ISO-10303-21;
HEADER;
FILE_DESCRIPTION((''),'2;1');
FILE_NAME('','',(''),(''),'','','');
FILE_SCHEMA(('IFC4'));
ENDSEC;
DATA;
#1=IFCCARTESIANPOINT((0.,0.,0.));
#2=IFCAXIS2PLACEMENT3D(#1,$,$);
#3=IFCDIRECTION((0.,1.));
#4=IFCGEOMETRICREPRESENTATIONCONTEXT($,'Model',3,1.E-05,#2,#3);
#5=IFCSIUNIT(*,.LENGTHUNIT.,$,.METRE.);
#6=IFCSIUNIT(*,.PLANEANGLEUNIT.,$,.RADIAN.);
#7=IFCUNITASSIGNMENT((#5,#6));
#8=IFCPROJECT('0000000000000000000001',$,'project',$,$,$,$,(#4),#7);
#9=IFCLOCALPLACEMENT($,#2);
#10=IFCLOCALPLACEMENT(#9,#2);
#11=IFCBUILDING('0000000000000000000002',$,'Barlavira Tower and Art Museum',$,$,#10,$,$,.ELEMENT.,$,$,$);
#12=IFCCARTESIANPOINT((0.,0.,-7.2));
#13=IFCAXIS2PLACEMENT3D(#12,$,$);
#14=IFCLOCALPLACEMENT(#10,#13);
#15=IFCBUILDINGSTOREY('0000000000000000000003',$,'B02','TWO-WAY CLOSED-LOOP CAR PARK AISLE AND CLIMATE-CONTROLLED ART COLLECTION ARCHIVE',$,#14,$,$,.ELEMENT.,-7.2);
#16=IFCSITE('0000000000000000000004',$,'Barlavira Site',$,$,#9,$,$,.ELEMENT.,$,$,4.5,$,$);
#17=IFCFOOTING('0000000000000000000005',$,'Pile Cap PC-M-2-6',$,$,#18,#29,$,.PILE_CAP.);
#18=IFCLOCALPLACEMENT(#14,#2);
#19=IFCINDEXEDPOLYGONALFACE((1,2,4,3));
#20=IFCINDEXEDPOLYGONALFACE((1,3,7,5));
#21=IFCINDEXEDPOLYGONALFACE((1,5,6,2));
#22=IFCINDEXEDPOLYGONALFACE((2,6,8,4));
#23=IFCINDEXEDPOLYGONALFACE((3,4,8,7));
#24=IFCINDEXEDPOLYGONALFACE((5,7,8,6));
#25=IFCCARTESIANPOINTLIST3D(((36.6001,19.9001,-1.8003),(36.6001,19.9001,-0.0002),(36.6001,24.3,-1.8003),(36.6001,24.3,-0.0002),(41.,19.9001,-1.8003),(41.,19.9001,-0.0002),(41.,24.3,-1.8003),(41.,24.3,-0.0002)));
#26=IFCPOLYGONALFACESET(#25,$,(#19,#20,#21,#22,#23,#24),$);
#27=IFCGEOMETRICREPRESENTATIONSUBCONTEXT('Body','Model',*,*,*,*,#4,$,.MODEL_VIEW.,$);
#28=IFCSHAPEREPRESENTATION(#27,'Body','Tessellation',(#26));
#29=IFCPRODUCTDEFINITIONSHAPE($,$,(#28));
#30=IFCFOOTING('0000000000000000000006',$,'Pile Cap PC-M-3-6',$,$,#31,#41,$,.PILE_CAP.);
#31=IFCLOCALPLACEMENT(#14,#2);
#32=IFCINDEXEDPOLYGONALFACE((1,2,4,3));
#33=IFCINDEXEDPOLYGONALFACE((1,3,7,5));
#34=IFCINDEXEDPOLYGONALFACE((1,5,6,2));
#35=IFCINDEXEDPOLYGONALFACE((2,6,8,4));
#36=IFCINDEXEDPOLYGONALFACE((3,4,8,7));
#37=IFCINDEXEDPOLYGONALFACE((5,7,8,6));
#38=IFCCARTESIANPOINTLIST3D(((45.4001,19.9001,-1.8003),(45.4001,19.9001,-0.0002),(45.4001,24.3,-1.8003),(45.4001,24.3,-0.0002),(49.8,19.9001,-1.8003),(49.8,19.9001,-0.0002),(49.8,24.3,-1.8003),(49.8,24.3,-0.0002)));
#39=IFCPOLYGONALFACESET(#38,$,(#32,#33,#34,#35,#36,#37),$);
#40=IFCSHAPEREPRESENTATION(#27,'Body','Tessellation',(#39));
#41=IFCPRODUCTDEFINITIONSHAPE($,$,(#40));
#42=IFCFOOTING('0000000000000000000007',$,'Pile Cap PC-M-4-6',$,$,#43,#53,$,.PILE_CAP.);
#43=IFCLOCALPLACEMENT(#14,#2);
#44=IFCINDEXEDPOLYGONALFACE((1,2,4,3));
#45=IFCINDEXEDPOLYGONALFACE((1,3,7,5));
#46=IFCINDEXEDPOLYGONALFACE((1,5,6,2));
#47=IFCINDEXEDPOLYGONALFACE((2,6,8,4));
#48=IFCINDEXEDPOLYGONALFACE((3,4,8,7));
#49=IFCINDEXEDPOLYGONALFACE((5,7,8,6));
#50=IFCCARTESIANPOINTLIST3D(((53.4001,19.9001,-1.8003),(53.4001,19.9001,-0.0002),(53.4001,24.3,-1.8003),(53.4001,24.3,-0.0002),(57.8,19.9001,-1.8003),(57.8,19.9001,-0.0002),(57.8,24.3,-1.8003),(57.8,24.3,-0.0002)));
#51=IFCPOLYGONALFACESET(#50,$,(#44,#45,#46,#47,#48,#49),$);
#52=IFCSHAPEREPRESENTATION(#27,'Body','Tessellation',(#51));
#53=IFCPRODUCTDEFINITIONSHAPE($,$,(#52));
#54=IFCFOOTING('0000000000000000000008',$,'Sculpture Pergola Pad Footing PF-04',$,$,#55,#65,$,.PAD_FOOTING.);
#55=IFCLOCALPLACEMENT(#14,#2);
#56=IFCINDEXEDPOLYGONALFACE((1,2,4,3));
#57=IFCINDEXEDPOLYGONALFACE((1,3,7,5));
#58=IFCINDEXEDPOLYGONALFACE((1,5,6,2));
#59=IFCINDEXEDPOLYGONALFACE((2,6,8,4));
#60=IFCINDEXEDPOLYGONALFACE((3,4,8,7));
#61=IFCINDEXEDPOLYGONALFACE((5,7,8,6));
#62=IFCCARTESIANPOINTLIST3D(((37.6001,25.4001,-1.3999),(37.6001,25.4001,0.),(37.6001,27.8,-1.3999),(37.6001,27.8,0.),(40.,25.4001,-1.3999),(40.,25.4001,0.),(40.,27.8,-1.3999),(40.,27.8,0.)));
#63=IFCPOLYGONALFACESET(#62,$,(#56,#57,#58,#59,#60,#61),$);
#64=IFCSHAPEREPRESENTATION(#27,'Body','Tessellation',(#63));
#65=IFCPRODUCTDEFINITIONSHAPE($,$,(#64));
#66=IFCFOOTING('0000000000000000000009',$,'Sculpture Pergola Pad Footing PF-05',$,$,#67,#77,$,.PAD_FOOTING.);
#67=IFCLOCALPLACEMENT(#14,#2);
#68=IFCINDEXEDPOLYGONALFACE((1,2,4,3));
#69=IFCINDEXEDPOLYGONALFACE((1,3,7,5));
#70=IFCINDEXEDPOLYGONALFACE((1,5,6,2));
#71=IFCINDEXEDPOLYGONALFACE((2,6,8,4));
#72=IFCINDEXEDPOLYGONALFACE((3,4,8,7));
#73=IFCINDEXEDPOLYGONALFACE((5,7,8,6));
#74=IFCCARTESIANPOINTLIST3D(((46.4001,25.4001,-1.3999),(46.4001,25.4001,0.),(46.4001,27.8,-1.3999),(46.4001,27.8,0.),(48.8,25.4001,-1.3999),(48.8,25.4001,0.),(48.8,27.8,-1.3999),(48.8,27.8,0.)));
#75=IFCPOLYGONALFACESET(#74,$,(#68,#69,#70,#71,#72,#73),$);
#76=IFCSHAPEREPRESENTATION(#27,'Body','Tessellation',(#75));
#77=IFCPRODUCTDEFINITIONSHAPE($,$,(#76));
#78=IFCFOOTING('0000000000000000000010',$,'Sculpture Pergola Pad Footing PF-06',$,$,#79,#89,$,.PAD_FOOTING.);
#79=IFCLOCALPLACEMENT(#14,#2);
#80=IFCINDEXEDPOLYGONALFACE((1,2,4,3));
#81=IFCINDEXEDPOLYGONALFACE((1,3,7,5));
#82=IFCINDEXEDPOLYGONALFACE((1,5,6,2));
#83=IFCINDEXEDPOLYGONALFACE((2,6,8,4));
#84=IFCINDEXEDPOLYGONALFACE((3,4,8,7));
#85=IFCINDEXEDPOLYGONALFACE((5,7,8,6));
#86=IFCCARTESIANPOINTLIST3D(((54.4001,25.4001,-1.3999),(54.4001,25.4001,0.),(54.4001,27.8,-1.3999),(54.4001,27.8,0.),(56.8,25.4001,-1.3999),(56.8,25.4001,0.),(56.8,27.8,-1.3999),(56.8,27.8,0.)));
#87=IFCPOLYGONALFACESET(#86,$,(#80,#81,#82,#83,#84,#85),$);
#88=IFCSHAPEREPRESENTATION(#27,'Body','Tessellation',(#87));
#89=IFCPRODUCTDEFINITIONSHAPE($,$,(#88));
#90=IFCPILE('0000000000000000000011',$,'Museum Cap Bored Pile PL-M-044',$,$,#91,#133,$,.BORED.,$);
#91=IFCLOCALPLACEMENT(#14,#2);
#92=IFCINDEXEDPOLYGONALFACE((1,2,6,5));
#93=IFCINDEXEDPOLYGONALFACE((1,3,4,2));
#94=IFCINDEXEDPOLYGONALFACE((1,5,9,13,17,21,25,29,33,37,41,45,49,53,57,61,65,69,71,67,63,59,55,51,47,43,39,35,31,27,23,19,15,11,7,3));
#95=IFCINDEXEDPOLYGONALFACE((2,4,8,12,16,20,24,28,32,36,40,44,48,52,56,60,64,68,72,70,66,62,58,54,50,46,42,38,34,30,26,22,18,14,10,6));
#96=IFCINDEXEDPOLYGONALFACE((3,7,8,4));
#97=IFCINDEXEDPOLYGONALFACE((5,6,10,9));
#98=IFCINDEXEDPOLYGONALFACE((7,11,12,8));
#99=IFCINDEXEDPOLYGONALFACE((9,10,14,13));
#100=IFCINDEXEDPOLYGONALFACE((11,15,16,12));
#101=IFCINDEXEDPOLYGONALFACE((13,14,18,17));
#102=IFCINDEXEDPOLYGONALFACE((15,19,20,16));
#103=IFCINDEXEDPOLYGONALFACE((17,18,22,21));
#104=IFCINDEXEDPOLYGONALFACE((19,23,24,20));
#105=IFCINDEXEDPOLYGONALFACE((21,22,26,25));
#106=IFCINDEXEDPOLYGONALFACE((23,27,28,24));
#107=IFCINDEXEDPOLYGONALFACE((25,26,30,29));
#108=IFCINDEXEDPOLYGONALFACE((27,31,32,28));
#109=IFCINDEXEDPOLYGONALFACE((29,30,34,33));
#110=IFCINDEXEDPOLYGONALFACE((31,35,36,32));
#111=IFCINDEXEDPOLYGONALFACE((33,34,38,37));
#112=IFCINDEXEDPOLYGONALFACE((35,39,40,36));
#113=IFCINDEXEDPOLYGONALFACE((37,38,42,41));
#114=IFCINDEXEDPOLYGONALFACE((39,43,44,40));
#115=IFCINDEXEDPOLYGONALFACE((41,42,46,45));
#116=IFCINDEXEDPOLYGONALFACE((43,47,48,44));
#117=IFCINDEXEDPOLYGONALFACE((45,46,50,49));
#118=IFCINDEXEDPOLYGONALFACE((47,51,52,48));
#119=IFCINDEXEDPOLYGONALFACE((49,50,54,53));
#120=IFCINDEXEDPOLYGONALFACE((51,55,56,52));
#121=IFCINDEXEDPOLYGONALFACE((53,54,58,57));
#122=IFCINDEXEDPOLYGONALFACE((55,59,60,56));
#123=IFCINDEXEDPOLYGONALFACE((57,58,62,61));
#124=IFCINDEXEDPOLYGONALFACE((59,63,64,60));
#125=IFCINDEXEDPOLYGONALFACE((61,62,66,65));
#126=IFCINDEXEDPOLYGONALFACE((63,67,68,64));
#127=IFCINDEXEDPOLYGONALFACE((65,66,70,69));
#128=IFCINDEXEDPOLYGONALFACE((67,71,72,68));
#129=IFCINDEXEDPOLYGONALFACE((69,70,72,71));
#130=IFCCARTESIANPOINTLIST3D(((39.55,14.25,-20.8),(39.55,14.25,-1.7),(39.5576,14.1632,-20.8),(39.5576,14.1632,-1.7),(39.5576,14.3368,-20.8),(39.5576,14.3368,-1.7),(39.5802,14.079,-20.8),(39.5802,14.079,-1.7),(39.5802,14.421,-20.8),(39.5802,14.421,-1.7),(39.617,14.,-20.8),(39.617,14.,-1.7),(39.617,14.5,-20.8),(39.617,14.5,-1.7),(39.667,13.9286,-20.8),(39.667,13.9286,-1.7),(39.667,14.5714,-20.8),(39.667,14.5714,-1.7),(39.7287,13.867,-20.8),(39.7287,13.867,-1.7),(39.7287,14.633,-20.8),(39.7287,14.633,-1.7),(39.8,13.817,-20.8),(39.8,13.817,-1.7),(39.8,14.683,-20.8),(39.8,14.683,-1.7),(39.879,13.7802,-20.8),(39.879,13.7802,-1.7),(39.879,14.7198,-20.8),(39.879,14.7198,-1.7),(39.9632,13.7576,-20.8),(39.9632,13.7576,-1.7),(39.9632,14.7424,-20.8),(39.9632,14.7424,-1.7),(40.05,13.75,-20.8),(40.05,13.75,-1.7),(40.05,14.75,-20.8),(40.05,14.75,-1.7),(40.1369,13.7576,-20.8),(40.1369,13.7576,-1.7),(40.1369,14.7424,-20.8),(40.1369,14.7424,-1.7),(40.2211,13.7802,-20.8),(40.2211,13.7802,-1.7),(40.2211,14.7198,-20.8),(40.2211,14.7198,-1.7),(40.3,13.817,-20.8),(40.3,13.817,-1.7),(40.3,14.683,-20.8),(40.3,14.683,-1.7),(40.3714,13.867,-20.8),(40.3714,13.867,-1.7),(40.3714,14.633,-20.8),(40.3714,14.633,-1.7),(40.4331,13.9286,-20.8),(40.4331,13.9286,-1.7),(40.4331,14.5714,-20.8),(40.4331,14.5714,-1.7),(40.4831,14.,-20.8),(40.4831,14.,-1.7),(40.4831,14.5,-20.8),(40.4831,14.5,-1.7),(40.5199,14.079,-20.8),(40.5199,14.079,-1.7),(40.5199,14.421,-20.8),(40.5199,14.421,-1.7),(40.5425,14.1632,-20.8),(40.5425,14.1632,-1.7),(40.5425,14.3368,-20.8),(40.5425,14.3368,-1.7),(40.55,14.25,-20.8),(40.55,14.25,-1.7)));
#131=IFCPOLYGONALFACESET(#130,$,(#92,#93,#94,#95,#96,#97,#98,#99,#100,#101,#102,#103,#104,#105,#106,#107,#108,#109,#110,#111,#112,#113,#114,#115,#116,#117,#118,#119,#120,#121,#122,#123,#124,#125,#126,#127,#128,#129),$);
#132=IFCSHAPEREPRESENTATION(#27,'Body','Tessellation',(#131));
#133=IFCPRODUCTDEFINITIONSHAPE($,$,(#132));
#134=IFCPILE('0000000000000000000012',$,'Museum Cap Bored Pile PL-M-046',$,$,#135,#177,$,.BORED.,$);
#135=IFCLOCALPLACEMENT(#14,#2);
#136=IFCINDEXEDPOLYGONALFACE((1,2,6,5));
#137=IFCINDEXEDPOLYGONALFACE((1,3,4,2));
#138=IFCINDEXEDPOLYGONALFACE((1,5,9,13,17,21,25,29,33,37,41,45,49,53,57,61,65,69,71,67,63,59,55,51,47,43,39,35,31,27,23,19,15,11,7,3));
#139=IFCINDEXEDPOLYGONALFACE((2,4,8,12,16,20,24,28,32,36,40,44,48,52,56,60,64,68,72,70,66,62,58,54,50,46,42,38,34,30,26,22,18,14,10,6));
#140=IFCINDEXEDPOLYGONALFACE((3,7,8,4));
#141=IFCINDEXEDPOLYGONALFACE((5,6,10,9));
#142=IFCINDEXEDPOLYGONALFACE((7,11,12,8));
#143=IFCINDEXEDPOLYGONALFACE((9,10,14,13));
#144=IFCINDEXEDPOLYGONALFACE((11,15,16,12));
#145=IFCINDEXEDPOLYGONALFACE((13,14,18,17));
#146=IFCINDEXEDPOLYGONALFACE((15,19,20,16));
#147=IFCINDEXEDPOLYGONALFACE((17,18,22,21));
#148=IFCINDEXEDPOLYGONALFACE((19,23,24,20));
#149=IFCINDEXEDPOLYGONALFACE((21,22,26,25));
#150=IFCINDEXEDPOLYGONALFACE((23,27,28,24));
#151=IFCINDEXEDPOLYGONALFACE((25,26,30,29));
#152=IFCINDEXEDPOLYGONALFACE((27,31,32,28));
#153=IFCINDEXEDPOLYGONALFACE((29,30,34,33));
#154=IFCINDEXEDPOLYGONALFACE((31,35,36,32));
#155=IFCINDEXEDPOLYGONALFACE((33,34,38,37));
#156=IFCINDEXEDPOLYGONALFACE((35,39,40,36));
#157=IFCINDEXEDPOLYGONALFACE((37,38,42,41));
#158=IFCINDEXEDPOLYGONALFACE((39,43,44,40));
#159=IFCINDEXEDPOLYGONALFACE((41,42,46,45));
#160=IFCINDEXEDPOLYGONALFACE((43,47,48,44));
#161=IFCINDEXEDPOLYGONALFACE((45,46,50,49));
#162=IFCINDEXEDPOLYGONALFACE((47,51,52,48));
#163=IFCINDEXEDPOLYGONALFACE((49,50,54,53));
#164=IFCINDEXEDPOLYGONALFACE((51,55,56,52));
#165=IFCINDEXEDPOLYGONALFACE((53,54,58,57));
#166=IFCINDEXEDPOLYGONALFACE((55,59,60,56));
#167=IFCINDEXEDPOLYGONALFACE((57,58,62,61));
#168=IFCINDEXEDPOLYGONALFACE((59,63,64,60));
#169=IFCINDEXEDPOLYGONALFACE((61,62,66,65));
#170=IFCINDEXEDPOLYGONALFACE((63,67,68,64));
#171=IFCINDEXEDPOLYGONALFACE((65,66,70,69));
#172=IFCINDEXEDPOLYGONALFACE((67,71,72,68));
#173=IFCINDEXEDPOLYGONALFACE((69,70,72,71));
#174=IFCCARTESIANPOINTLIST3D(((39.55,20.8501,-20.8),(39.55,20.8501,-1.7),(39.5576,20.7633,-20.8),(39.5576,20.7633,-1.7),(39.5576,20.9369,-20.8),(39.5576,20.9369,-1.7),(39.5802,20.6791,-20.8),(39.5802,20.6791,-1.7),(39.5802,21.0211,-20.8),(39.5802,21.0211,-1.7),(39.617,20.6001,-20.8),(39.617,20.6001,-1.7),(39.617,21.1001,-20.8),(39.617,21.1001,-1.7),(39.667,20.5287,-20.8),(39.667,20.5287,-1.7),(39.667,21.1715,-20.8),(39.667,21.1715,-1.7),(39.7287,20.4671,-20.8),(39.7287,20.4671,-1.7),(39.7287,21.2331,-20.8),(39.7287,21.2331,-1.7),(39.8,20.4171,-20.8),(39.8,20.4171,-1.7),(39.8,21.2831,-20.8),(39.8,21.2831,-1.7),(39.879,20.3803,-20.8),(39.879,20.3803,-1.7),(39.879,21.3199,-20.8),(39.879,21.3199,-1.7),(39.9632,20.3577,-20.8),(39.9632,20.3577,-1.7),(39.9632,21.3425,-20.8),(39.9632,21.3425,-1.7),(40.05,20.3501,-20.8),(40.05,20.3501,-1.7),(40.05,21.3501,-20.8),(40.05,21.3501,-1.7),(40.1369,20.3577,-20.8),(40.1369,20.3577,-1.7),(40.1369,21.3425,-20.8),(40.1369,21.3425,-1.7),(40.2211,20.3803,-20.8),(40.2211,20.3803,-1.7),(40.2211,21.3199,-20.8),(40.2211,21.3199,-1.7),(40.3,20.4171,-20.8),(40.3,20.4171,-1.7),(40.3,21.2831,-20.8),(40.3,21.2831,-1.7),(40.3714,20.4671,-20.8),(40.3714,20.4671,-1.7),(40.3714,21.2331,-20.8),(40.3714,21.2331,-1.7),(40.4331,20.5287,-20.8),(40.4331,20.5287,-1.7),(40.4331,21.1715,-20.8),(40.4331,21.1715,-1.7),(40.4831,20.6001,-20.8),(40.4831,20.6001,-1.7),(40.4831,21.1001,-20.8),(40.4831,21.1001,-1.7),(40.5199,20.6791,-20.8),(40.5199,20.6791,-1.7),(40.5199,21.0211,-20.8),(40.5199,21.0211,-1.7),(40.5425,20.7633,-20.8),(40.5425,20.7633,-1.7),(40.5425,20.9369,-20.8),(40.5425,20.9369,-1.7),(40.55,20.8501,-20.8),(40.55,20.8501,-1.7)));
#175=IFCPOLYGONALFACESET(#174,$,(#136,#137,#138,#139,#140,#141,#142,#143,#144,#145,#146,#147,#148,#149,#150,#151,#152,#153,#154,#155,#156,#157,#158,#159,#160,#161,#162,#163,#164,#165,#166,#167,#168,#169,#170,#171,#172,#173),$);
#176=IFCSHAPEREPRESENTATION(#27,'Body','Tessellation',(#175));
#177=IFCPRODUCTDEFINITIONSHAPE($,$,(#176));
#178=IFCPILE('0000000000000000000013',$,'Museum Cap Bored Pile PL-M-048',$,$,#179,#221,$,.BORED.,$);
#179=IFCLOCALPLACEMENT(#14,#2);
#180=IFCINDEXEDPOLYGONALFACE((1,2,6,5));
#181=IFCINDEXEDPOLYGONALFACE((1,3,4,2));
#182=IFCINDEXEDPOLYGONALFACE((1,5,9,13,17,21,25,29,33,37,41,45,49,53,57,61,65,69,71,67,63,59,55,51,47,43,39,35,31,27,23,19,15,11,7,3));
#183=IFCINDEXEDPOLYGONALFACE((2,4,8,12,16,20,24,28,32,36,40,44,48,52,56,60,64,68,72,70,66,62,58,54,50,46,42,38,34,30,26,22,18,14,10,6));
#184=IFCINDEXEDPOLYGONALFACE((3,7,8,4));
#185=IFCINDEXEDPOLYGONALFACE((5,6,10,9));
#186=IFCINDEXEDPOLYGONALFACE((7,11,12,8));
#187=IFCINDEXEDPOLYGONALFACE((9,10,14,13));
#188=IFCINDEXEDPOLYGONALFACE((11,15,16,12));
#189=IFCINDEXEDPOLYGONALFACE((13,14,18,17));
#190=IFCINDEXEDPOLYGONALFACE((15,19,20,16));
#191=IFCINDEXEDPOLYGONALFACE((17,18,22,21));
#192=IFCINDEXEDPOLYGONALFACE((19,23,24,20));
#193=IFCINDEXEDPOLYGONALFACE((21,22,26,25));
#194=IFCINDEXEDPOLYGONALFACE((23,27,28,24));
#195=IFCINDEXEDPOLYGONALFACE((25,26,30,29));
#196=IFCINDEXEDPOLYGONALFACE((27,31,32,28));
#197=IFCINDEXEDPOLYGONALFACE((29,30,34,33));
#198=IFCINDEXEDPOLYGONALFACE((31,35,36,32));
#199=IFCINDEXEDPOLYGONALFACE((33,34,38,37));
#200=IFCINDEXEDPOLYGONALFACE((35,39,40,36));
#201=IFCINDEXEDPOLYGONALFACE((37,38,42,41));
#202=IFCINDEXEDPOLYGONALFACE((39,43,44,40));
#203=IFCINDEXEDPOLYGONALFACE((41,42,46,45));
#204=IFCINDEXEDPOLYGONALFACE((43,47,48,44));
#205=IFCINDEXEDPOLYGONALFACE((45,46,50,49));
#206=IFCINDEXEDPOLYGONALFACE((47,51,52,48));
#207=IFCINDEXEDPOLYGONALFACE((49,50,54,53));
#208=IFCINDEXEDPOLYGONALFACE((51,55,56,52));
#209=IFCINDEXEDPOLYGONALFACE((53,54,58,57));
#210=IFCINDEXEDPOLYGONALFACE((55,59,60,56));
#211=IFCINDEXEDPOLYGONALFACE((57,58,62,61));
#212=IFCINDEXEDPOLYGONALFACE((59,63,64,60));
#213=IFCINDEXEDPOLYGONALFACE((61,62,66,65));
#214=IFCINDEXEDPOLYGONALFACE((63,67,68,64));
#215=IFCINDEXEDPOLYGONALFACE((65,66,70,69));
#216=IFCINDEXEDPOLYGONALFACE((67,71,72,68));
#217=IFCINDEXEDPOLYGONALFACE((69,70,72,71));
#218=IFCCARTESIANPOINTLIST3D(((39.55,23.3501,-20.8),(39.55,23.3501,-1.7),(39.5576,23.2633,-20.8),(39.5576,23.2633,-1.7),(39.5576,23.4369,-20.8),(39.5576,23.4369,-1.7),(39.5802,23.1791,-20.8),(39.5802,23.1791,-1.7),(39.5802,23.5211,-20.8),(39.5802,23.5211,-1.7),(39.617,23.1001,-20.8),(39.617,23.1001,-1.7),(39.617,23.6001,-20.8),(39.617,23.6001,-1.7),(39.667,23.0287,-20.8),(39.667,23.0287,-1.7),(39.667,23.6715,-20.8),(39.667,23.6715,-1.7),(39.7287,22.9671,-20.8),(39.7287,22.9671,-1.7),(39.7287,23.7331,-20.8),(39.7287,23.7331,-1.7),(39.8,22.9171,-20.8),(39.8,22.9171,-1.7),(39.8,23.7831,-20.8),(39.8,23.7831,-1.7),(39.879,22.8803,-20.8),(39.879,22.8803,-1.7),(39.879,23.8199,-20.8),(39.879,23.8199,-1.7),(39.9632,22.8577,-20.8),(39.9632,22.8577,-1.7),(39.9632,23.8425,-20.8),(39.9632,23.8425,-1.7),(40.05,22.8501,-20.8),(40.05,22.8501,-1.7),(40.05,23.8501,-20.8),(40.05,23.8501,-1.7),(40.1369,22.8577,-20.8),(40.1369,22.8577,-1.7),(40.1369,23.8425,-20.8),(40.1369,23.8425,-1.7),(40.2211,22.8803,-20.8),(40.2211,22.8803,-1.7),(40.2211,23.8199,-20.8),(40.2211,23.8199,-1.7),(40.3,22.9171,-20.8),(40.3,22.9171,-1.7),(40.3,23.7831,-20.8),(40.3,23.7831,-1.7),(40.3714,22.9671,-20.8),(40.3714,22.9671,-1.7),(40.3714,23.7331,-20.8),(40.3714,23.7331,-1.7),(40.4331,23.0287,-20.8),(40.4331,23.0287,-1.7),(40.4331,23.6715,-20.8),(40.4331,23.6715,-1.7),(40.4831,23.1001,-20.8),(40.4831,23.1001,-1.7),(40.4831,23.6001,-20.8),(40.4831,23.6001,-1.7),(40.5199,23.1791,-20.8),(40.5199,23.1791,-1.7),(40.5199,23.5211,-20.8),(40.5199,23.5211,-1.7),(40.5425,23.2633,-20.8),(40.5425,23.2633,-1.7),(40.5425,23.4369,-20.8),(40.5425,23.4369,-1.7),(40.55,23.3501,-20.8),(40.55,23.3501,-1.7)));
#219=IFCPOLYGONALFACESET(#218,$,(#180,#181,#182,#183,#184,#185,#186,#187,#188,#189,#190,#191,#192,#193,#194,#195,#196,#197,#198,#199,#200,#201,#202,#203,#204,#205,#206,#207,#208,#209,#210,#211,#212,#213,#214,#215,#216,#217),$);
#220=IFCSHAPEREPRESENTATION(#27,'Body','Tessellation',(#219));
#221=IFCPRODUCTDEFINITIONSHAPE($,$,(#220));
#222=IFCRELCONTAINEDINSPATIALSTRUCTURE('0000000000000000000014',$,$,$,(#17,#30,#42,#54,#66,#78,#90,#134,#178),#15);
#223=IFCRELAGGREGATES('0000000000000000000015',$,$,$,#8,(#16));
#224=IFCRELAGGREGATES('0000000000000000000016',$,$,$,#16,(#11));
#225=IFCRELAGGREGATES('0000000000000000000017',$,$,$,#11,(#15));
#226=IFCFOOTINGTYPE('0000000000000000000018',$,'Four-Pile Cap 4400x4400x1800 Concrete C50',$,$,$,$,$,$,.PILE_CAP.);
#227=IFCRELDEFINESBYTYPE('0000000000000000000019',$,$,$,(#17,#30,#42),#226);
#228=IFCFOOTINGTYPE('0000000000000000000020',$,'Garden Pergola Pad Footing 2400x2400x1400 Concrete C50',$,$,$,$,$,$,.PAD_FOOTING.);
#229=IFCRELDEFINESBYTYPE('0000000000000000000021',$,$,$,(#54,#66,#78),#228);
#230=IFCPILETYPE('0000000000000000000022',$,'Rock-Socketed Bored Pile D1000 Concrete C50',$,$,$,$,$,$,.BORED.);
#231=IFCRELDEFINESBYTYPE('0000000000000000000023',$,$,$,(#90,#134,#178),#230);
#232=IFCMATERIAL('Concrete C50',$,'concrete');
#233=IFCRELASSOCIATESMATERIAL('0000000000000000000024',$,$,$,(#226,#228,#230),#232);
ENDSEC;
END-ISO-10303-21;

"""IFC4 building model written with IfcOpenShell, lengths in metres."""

from ifc_helpers import new_model, si_unit, direction, frame, origin, origin_2d, place, context, subcontext, project, spatial, rectangle, circle, extrude, material, material_profile, profile_set, type_object, element, save


model = new_model("IFC4")

# Units and contexts
model_context = context("Model", 3, precision=1e-05, world=origin(), true_north=direction((0.0, 1.0)))
body_context = subcontext(model_context, "Body", "Model", "MODEL_VIEW")
ifc_project = project(units=[si_unit("LENGTHUNIT", "METRE"), si_unit("PLANEANGLEUNIT", "RADIAN")], contexts=[model_context])

# Site, building, storey
site_placement = place(None, origin())
site = spatial("IfcSite", under=ifc_project, at=site_placement, Name="Barlavira Site", CompositionType="ELEMENT", RefElevation=4.5)
building_placement = place(site_placement, origin())
building = spatial("IfcBuilding", under=site, at=building_placement, Name="Barlavira Tower and Art Museum", CompositionType="ELEMENT")
storey_placement = place(building_placement, frame((0.0, 0.0, -7.2)))
storey = spatial("IfcBuildingStorey", under=building, at=storey_placement, Name="B02", Description="TWO-WAY CLOSED-LOOP CAR PARK AISLE AND CLIMATE-CONTROLLED ART COLLECTION ARCHIVE", CompositionType="ELEMENT", Elevation=-7.2)

# Footings
ifc_material_1 = material(Name="Concrete C50", Category="concrete")
footing_type_1 = type_object("IfcFootingType", Name="Four-Pile Cap 4400x4400x1800 Concrete C50", PredefinedType="PILE_CAP", material=ifc_material_1)
for number, where, z_axis, x_axis, name in (
    (1, (38.8, 22.1001, -1.8003), (0.0, 0.0, 1.0), (1.0, 0.0, 0.0), "Pile Cap PC-M-2-6"),
    (2, (47.6001, 22.1001, -1.8003), (0.0, 0.0, 1.0), (1.0, 0.0, 0.0), "Pile Cap PC-M-3-6"),
    (3, (55.6001, 22.1001, -1.8003), (0.0, 0.0, 1.0), (1.0, 0.0, 0.0), "Pile Cap PC-M-4-6"),
):
    element("IfcFooting", number, at=place(storey_placement, frame(where, z_axis=z_axis, x_axis=x_axis)), inside=storey, type_object=footing_type_1, Name=name, PredefinedType="PILE_CAP", context=body_context, shape_type="SweptSolid", body=[
        extrude(rectangle(XDim=4.3999, YDim=4.3999, at=origin_2d()), origin(), (0.0, 0.0, 1.0), 1.8),
    ])
footing_type_2 = type_object("IfcFootingType", Name="Garden Pergola Pad Footing 2400x2400x1400 Concrete C50", PredefinedType="PAD_FOOTING", material=ifc_material_1)
for number, where, z_axis, x_axis, name in (
    (4, (38.8, 26.6001, -1.3999), (0.0, 0.0, 1.0), (1.0, 0.0, 0.0), "Sculpture Pergola Pad Footing PF-04"),
    (5, (47.6001, 26.6001, -1.3999), (0.0, 0.0, 1.0), (1.0, 0.0, 0.0), "Sculpture Pergola Pad Footing PF-05"),
    (6, (55.6001, 26.6001, -1.3999), (0.0, 0.0, 1.0), (1.0, 0.0, 0.0), "Sculpture Pergola Pad Footing PF-06"),
):
    element("IfcFooting", number, at=place(storey_placement, frame(where, z_axis=z_axis, x_axis=x_axis)), inside=storey, type_object=footing_type_2, Name=name, PredefinedType="PAD_FOOTING", context=body_context, shape_type="SweptSolid", body=[
        extrude(rectangle(XDim=2.3999, YDim=2.3999, at=origin_2d()), origin(), (0.0, 0.0, 1.0), 1.3999),
    ])

# Piles
ifc_material_profile_1 = material_profile(ifc_material_1, circle(Radius=0.5, at=origin_2d()), Name="BORED PILE D1000")
ifc_profile_set_1 = profile_set([ifc_material_profile_1], Name="Concrete C50")
pile_type = type_object("IfcPileType", Name="Rock-Socketed Bored Pile D1000 Concrete C50", PredefinedType="BORED", material=ifc_profile_set_1)
for number, where, z_axis, x_axis, name in (
    (7, (40.05, 14.25, -1.7), (0.0, 0.0, -1.0), (1.0, 0.0, 0.0), "Museum Cap Bored Pile PL-M-044"),
    (8, (40.05, 20.8501, -1.7), (0.0, 0.0, -1.0), (1.0, 0.0, 0.0), "Museum Cap Bored Pile PL-M-046"),
    (9, (40.05, 23.3501, -1.7), (0.0, 0.0, -1.0), (1.0, 0.0, 0.0), "Museum Cap Bored Pile PL-M-048"),
):
    element("IfcPile", number, at=place(storey_placement, frame(where, z_axis=z_axis, x_axis=x_axis)), inside=storey, type_object=pile_type, Name=name, PredefinedType="BORED", context=body_context, shape_type="SweptSolid", body=[
        extrude(circle(Radius=0.5, at=origin_2d()), origin(), (0.0, 0.0, 1.0), 19.1001),
    ])

save(model, "model.ifc")
